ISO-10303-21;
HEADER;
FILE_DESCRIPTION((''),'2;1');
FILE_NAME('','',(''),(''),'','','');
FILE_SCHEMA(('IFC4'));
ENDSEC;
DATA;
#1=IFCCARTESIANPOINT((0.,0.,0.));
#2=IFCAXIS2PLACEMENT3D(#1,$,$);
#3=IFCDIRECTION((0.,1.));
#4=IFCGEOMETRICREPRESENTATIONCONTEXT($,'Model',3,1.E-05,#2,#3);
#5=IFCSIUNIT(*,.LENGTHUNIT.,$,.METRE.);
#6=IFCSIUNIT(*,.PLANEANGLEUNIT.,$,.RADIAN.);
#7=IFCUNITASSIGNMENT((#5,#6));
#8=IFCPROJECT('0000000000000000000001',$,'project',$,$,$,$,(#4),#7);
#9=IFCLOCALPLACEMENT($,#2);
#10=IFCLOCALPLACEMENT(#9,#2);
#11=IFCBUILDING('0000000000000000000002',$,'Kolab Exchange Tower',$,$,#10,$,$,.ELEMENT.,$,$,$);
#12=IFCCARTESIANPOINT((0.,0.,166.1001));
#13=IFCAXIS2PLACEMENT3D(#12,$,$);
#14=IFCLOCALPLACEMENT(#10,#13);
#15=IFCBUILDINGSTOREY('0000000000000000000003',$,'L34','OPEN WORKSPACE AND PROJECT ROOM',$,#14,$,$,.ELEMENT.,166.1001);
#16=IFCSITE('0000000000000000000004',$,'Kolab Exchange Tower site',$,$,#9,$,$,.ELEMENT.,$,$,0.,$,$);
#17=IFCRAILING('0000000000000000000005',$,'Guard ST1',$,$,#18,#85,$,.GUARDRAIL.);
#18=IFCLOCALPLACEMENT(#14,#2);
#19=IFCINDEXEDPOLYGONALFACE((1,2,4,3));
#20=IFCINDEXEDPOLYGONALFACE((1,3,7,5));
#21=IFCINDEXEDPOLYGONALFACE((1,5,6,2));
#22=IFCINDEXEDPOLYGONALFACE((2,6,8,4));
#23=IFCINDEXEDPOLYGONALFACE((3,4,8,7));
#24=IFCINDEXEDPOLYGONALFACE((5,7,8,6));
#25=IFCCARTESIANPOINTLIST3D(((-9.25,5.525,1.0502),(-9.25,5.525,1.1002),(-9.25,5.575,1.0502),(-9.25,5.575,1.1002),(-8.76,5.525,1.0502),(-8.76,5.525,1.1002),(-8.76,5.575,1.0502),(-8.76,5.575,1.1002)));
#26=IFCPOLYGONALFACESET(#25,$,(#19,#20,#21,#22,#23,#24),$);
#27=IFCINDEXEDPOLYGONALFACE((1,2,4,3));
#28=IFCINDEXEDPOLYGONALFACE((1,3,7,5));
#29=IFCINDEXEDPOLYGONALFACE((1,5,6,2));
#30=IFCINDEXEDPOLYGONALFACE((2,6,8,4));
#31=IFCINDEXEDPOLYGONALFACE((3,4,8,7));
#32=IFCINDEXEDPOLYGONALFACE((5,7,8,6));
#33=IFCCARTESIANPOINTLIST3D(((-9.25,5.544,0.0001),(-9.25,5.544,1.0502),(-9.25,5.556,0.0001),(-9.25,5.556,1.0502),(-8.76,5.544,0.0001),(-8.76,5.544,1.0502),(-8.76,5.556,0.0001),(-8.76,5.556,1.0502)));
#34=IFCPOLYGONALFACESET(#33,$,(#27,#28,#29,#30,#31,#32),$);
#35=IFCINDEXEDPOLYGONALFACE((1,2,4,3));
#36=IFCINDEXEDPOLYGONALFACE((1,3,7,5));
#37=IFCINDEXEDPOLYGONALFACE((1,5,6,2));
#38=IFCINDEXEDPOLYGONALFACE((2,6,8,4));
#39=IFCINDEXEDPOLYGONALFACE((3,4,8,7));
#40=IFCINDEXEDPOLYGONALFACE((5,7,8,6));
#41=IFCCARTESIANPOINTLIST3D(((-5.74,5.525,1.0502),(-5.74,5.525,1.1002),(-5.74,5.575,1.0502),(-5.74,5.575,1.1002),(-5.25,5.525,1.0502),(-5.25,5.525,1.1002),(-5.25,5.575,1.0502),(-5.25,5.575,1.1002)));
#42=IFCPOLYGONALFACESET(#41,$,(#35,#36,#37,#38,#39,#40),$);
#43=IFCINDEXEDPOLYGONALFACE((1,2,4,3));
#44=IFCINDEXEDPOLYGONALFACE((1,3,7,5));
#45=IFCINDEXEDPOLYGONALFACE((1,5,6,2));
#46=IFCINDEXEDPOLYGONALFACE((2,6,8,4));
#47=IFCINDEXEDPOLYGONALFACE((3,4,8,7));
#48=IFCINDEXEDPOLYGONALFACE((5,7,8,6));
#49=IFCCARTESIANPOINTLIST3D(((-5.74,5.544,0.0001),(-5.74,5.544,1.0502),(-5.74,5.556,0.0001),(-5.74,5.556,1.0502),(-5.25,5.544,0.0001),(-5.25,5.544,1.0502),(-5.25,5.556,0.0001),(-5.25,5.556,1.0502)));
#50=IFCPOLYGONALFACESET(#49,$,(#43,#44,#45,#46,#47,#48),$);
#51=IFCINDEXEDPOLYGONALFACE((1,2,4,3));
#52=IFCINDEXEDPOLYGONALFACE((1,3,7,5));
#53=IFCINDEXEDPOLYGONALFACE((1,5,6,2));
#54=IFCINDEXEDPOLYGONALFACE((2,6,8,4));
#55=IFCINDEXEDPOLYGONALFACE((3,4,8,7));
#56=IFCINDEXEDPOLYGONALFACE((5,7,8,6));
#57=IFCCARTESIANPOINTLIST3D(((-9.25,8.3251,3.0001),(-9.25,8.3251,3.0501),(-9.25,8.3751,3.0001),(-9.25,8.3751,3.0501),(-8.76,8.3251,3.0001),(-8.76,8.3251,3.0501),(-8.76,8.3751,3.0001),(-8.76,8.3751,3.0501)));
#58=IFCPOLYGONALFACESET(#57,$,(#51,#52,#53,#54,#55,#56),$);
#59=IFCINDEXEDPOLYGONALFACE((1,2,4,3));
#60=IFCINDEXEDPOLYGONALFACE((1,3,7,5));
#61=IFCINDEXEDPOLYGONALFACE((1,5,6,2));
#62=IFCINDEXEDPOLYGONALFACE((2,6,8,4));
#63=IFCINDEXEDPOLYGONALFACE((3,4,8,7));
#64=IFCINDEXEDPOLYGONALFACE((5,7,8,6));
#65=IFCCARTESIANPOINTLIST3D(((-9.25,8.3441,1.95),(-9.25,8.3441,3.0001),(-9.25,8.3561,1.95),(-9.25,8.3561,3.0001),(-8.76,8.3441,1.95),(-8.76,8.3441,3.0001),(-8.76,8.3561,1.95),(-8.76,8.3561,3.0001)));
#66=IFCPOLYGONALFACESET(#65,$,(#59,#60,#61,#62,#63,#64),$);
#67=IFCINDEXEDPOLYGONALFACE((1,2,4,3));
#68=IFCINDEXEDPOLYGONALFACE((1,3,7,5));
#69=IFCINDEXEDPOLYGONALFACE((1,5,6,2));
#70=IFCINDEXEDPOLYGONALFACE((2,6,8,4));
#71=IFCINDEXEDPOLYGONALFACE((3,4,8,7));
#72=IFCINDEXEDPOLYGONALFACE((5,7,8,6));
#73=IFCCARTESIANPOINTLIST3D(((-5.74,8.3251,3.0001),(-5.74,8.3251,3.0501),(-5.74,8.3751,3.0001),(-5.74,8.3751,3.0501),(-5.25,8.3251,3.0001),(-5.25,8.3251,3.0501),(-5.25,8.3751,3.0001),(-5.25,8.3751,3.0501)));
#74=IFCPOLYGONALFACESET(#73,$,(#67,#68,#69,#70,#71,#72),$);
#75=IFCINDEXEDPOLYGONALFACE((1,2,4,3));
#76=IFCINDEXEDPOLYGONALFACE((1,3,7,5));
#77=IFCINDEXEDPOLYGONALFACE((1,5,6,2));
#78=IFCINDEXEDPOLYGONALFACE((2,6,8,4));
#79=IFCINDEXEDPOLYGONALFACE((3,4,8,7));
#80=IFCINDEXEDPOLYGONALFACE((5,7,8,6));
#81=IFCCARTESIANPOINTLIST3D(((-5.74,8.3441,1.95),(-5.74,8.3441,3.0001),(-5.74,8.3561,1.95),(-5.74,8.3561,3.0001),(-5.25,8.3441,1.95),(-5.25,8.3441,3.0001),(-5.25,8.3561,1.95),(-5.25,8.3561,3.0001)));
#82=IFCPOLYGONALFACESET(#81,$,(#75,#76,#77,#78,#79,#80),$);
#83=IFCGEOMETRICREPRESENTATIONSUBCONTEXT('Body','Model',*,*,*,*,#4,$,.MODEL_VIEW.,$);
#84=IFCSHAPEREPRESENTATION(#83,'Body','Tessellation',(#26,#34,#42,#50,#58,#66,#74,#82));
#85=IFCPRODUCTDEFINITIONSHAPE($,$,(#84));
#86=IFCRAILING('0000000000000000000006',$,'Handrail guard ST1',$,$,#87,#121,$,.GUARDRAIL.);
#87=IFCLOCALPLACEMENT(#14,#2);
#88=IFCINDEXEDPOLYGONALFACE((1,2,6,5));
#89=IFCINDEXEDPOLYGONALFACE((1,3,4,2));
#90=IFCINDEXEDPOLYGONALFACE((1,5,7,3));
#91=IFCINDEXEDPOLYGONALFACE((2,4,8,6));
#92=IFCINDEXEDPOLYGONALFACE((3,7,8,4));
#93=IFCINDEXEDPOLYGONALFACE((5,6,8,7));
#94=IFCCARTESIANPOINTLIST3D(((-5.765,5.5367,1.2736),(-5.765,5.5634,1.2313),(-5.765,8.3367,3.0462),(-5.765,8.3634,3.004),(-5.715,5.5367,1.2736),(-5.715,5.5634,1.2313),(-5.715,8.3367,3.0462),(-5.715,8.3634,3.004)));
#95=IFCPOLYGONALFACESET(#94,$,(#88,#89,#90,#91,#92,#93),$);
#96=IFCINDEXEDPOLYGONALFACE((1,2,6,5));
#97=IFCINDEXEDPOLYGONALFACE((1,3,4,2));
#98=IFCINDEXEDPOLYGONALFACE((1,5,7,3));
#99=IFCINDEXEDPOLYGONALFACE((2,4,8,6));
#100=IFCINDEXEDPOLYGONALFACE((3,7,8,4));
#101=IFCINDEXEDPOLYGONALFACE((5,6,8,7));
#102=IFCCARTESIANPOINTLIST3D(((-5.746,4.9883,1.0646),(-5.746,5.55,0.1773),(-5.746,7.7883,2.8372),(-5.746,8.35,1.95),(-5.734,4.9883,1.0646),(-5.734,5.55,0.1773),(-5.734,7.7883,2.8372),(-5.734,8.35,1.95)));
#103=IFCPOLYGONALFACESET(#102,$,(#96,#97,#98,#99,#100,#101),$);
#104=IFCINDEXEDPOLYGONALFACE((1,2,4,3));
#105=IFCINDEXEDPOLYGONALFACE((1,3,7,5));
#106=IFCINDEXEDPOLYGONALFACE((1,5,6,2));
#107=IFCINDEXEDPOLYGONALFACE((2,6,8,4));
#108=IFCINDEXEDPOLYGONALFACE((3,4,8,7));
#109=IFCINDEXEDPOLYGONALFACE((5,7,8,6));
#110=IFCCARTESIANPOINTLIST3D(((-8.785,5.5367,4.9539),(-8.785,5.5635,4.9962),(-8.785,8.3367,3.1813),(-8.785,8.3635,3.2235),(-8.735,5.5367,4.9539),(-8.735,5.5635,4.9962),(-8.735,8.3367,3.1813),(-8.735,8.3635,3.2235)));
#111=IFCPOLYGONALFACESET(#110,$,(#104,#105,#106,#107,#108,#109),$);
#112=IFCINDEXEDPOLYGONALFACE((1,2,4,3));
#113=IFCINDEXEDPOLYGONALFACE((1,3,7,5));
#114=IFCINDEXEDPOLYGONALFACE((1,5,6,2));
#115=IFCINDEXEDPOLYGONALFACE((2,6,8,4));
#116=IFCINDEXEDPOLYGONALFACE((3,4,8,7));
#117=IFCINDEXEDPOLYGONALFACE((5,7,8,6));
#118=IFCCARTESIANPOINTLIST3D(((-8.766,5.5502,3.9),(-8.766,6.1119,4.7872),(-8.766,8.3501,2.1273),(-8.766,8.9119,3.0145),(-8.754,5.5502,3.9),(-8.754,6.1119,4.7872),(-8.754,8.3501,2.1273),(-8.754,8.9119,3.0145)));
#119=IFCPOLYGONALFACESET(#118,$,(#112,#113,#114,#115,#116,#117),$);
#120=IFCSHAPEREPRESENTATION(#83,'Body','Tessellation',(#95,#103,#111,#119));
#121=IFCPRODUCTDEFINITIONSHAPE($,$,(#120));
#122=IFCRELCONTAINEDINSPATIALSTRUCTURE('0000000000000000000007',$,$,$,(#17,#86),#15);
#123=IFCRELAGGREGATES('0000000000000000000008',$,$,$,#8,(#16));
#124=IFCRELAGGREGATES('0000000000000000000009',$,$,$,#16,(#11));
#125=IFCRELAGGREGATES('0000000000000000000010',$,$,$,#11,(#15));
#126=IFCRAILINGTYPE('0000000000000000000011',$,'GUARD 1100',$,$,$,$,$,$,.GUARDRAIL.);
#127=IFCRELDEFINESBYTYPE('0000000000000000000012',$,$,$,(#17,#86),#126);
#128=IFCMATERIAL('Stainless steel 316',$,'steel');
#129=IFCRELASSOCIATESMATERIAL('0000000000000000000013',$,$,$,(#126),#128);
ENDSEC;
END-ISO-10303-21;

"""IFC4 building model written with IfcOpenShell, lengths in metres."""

from ifc_helpers import new_model, si_unit, direction, frame, frame_2d, origin, origin_2d, place, context, subcontext, project, spatial, rectangle, extrude, material, type_object, element, save


model = new_model("IFC4")

# Units and contexts
model_context = context("Model", 3, precision=1e-05, world=origin(), true_north=direction((0.0, 1.0)))
body_context = subcontext(model_context, "Body", "Model", "MODEL_VIEW")
ifc_project = project(units=[si_unit("LENGTHUNIT", "METRE"), si_unit("PLANEANGLEUNIT", "RADIAN")], contexts=[model_context])

# Site, building, storey
site_placement = place(None, origin())
site = spatial("IfcSite", under=ifc_project, at=site_placement, Name="Kolab Exchange Tower site", CompositionType="ELEMENT", RefElevation=0.0)
building_placement = place(site_placement, origin())
building = spatial("IfcBuilding", under=site, at=building_placement, Name="Kolab Exchange Tower", CompositionType="ELEMENT")
storey_placement = place(building_placement, frame((0.0, 0.0, 166.1001)))
storey = spatial("IfcBuildingStorey", under=building, at=storey_placement, Name="L34", Description="OPEN WORKSPACE AND PROJECT ROOM", CompositionType="ELEMENT", Elevation=166.1001)

# Railings
ifc_material_1 = material(Name="Stainless steel 316", Category="steel")
railing_type = type_object("IfcRailingType", Name="GUARD 1100", PredefinedType="GUARDRAIL", material=ifc_material_1)
railing_1_placement = place(storey_placement, frame((-9.25, 5.55, 0.0)))
element("IfcRailing", 1, at=railing_1_placement, inside=storey, type_object=railing_type, Name="Guard ST1", PredefinedType="GUARDRAIL", context=body_context, shape_type="SweptSolid", body=[
    extrude(rectangle(XDim=0.05, YDim=0.05, at=origin_2d()), frame((0.0, 0.0, 1.0752), z_axis=(1.0, 0.0, 0.0), x_axis=(0.0, 1.0, 0.0)), (0.0, 0.0, 1.0), 0.49),
    extrude(rectangle(XDim=0.012, YDim=1.0501, at=frame_2d((0.0, 0.5251))), frame((0.0, 0.0, 0.0), z_axis=(1.0, 0.0, 0.0), x_axis=(0.0, 1.0, 0.0)), (0.0, 0.0, 1.0), 0.49),
    extrude(rectangle(XDim=0.05, YDim=0.05, at=origin_2d()), frame((3.51, 0.0, 1.0752), z_axis=(1.0, 0.0, 0.0), x_axis=(0.0, 1.0, 0.0)), (0.0, 0.0, 1.0), 0.49),
    extrude(rectangle(XDim=0.012, YDim=1.0501, at=frame_2d((0.0, 0.5251))), frame((3.51, 0.0, 0.0), z_axis=(1.0, 0.0, 0.0), x_axis=(0.0, 1.0, 0.0)), (0.0, 0.0, 1.0), 0.49),
    extrude(rectangle(XDim=0.05, YDim=0.05, at=origin_2d()), frame((0.0, 2.8, 3.0251), z_axis=(1.0, 0.0, 0.0), x_axis=(0.0, 1.0, 0.0)), (0.0, 0.0, 1.0), 0.49),
    extrude(rectangle(XDim=0.012, YDim=1.0501, at=frame_2d((0.0, 0.5251))), frame((0.0, 2.8, 1.95), z_axis=(1.0, 0.0, 0.0), x_axis=(0.0, 1.0, 0.0)), (0.0, 0.0, 1.0), 0.49),
    extrude(rectangle(XDim=0.05, YDim=0.05, at=origin_2d()), frame((3.51, 2.8, 3.0251), z_axis=(1.0, 0.0, 0.0), x_axis=(0.0, 1.0, 0.0)), (0.0, 0.0, 1.0), 0.49),
    extrude(rectangle(XDim=0.012, YDim=1.0501, at=frame_2d((0.0, 0.5251))), frame((3.51, 2.8, 1.95), z_axis=(1.0, 0.0, 0.0), x_axis=(0.0, 1.0, 0.0)), (0.0, 0.0, 1.0), 0.49),
])
railing_2_placement = place(storey_placement, frame((-5.74, 5.55, 0.1772)))
element("IfcRailing", 2, at=railing_2_placement, inside=storey, type_object=railing_type, Name="Handrail guard ST1", PredefinedType="GUARDRAIL", context=body_context, shape_type="SweptSolid", body=[
    extrude(rectangle(XDim=0.05, YDim=0.05, at=origin_2d()), frame((0.0, 0.0, 1.0752), z_axis=(0.0, 0.844909, 0.53491), x_axis=(-1.0, 0.0, 0.0)), (0.0, 0.0, 1.0), 3.314),
    extrude(rectangle(XDim=0.012, YDim=1.0501, at=frame_2d((0.0, 0.5251))), frame((0.0, 0.0, 0.0), z_axis=(0.0, 0.844909, 0.53491), x_axis=(-1.0, 0.0, 0.0)), (0.0, 0.0, 1.0), 3.314),
    extrude(rectangle(XDim=0.05, YDim=0.05, at=origin_2d()), frame((-3.02, 2.8, 3.0251), z_axis=(0.0, -0.844909, 0.53491), x_axis=(1.0, 0.0, 0.0)), (0.0, 0.0, 1.0), 3.314),
    extrude(rectangle(XDim=0.012, YDim=1.0501, at=frame_2d((0.0, 0.5251))), frame((-3.02, 2.8, 1.95), z_axis=(0.0, -0.844909, 0.53491), x_axis=(1.0, 0.0, 0.0)), (0.0, 0.0, 1.0), 3.314),
])

save(model, "model.ifc")
